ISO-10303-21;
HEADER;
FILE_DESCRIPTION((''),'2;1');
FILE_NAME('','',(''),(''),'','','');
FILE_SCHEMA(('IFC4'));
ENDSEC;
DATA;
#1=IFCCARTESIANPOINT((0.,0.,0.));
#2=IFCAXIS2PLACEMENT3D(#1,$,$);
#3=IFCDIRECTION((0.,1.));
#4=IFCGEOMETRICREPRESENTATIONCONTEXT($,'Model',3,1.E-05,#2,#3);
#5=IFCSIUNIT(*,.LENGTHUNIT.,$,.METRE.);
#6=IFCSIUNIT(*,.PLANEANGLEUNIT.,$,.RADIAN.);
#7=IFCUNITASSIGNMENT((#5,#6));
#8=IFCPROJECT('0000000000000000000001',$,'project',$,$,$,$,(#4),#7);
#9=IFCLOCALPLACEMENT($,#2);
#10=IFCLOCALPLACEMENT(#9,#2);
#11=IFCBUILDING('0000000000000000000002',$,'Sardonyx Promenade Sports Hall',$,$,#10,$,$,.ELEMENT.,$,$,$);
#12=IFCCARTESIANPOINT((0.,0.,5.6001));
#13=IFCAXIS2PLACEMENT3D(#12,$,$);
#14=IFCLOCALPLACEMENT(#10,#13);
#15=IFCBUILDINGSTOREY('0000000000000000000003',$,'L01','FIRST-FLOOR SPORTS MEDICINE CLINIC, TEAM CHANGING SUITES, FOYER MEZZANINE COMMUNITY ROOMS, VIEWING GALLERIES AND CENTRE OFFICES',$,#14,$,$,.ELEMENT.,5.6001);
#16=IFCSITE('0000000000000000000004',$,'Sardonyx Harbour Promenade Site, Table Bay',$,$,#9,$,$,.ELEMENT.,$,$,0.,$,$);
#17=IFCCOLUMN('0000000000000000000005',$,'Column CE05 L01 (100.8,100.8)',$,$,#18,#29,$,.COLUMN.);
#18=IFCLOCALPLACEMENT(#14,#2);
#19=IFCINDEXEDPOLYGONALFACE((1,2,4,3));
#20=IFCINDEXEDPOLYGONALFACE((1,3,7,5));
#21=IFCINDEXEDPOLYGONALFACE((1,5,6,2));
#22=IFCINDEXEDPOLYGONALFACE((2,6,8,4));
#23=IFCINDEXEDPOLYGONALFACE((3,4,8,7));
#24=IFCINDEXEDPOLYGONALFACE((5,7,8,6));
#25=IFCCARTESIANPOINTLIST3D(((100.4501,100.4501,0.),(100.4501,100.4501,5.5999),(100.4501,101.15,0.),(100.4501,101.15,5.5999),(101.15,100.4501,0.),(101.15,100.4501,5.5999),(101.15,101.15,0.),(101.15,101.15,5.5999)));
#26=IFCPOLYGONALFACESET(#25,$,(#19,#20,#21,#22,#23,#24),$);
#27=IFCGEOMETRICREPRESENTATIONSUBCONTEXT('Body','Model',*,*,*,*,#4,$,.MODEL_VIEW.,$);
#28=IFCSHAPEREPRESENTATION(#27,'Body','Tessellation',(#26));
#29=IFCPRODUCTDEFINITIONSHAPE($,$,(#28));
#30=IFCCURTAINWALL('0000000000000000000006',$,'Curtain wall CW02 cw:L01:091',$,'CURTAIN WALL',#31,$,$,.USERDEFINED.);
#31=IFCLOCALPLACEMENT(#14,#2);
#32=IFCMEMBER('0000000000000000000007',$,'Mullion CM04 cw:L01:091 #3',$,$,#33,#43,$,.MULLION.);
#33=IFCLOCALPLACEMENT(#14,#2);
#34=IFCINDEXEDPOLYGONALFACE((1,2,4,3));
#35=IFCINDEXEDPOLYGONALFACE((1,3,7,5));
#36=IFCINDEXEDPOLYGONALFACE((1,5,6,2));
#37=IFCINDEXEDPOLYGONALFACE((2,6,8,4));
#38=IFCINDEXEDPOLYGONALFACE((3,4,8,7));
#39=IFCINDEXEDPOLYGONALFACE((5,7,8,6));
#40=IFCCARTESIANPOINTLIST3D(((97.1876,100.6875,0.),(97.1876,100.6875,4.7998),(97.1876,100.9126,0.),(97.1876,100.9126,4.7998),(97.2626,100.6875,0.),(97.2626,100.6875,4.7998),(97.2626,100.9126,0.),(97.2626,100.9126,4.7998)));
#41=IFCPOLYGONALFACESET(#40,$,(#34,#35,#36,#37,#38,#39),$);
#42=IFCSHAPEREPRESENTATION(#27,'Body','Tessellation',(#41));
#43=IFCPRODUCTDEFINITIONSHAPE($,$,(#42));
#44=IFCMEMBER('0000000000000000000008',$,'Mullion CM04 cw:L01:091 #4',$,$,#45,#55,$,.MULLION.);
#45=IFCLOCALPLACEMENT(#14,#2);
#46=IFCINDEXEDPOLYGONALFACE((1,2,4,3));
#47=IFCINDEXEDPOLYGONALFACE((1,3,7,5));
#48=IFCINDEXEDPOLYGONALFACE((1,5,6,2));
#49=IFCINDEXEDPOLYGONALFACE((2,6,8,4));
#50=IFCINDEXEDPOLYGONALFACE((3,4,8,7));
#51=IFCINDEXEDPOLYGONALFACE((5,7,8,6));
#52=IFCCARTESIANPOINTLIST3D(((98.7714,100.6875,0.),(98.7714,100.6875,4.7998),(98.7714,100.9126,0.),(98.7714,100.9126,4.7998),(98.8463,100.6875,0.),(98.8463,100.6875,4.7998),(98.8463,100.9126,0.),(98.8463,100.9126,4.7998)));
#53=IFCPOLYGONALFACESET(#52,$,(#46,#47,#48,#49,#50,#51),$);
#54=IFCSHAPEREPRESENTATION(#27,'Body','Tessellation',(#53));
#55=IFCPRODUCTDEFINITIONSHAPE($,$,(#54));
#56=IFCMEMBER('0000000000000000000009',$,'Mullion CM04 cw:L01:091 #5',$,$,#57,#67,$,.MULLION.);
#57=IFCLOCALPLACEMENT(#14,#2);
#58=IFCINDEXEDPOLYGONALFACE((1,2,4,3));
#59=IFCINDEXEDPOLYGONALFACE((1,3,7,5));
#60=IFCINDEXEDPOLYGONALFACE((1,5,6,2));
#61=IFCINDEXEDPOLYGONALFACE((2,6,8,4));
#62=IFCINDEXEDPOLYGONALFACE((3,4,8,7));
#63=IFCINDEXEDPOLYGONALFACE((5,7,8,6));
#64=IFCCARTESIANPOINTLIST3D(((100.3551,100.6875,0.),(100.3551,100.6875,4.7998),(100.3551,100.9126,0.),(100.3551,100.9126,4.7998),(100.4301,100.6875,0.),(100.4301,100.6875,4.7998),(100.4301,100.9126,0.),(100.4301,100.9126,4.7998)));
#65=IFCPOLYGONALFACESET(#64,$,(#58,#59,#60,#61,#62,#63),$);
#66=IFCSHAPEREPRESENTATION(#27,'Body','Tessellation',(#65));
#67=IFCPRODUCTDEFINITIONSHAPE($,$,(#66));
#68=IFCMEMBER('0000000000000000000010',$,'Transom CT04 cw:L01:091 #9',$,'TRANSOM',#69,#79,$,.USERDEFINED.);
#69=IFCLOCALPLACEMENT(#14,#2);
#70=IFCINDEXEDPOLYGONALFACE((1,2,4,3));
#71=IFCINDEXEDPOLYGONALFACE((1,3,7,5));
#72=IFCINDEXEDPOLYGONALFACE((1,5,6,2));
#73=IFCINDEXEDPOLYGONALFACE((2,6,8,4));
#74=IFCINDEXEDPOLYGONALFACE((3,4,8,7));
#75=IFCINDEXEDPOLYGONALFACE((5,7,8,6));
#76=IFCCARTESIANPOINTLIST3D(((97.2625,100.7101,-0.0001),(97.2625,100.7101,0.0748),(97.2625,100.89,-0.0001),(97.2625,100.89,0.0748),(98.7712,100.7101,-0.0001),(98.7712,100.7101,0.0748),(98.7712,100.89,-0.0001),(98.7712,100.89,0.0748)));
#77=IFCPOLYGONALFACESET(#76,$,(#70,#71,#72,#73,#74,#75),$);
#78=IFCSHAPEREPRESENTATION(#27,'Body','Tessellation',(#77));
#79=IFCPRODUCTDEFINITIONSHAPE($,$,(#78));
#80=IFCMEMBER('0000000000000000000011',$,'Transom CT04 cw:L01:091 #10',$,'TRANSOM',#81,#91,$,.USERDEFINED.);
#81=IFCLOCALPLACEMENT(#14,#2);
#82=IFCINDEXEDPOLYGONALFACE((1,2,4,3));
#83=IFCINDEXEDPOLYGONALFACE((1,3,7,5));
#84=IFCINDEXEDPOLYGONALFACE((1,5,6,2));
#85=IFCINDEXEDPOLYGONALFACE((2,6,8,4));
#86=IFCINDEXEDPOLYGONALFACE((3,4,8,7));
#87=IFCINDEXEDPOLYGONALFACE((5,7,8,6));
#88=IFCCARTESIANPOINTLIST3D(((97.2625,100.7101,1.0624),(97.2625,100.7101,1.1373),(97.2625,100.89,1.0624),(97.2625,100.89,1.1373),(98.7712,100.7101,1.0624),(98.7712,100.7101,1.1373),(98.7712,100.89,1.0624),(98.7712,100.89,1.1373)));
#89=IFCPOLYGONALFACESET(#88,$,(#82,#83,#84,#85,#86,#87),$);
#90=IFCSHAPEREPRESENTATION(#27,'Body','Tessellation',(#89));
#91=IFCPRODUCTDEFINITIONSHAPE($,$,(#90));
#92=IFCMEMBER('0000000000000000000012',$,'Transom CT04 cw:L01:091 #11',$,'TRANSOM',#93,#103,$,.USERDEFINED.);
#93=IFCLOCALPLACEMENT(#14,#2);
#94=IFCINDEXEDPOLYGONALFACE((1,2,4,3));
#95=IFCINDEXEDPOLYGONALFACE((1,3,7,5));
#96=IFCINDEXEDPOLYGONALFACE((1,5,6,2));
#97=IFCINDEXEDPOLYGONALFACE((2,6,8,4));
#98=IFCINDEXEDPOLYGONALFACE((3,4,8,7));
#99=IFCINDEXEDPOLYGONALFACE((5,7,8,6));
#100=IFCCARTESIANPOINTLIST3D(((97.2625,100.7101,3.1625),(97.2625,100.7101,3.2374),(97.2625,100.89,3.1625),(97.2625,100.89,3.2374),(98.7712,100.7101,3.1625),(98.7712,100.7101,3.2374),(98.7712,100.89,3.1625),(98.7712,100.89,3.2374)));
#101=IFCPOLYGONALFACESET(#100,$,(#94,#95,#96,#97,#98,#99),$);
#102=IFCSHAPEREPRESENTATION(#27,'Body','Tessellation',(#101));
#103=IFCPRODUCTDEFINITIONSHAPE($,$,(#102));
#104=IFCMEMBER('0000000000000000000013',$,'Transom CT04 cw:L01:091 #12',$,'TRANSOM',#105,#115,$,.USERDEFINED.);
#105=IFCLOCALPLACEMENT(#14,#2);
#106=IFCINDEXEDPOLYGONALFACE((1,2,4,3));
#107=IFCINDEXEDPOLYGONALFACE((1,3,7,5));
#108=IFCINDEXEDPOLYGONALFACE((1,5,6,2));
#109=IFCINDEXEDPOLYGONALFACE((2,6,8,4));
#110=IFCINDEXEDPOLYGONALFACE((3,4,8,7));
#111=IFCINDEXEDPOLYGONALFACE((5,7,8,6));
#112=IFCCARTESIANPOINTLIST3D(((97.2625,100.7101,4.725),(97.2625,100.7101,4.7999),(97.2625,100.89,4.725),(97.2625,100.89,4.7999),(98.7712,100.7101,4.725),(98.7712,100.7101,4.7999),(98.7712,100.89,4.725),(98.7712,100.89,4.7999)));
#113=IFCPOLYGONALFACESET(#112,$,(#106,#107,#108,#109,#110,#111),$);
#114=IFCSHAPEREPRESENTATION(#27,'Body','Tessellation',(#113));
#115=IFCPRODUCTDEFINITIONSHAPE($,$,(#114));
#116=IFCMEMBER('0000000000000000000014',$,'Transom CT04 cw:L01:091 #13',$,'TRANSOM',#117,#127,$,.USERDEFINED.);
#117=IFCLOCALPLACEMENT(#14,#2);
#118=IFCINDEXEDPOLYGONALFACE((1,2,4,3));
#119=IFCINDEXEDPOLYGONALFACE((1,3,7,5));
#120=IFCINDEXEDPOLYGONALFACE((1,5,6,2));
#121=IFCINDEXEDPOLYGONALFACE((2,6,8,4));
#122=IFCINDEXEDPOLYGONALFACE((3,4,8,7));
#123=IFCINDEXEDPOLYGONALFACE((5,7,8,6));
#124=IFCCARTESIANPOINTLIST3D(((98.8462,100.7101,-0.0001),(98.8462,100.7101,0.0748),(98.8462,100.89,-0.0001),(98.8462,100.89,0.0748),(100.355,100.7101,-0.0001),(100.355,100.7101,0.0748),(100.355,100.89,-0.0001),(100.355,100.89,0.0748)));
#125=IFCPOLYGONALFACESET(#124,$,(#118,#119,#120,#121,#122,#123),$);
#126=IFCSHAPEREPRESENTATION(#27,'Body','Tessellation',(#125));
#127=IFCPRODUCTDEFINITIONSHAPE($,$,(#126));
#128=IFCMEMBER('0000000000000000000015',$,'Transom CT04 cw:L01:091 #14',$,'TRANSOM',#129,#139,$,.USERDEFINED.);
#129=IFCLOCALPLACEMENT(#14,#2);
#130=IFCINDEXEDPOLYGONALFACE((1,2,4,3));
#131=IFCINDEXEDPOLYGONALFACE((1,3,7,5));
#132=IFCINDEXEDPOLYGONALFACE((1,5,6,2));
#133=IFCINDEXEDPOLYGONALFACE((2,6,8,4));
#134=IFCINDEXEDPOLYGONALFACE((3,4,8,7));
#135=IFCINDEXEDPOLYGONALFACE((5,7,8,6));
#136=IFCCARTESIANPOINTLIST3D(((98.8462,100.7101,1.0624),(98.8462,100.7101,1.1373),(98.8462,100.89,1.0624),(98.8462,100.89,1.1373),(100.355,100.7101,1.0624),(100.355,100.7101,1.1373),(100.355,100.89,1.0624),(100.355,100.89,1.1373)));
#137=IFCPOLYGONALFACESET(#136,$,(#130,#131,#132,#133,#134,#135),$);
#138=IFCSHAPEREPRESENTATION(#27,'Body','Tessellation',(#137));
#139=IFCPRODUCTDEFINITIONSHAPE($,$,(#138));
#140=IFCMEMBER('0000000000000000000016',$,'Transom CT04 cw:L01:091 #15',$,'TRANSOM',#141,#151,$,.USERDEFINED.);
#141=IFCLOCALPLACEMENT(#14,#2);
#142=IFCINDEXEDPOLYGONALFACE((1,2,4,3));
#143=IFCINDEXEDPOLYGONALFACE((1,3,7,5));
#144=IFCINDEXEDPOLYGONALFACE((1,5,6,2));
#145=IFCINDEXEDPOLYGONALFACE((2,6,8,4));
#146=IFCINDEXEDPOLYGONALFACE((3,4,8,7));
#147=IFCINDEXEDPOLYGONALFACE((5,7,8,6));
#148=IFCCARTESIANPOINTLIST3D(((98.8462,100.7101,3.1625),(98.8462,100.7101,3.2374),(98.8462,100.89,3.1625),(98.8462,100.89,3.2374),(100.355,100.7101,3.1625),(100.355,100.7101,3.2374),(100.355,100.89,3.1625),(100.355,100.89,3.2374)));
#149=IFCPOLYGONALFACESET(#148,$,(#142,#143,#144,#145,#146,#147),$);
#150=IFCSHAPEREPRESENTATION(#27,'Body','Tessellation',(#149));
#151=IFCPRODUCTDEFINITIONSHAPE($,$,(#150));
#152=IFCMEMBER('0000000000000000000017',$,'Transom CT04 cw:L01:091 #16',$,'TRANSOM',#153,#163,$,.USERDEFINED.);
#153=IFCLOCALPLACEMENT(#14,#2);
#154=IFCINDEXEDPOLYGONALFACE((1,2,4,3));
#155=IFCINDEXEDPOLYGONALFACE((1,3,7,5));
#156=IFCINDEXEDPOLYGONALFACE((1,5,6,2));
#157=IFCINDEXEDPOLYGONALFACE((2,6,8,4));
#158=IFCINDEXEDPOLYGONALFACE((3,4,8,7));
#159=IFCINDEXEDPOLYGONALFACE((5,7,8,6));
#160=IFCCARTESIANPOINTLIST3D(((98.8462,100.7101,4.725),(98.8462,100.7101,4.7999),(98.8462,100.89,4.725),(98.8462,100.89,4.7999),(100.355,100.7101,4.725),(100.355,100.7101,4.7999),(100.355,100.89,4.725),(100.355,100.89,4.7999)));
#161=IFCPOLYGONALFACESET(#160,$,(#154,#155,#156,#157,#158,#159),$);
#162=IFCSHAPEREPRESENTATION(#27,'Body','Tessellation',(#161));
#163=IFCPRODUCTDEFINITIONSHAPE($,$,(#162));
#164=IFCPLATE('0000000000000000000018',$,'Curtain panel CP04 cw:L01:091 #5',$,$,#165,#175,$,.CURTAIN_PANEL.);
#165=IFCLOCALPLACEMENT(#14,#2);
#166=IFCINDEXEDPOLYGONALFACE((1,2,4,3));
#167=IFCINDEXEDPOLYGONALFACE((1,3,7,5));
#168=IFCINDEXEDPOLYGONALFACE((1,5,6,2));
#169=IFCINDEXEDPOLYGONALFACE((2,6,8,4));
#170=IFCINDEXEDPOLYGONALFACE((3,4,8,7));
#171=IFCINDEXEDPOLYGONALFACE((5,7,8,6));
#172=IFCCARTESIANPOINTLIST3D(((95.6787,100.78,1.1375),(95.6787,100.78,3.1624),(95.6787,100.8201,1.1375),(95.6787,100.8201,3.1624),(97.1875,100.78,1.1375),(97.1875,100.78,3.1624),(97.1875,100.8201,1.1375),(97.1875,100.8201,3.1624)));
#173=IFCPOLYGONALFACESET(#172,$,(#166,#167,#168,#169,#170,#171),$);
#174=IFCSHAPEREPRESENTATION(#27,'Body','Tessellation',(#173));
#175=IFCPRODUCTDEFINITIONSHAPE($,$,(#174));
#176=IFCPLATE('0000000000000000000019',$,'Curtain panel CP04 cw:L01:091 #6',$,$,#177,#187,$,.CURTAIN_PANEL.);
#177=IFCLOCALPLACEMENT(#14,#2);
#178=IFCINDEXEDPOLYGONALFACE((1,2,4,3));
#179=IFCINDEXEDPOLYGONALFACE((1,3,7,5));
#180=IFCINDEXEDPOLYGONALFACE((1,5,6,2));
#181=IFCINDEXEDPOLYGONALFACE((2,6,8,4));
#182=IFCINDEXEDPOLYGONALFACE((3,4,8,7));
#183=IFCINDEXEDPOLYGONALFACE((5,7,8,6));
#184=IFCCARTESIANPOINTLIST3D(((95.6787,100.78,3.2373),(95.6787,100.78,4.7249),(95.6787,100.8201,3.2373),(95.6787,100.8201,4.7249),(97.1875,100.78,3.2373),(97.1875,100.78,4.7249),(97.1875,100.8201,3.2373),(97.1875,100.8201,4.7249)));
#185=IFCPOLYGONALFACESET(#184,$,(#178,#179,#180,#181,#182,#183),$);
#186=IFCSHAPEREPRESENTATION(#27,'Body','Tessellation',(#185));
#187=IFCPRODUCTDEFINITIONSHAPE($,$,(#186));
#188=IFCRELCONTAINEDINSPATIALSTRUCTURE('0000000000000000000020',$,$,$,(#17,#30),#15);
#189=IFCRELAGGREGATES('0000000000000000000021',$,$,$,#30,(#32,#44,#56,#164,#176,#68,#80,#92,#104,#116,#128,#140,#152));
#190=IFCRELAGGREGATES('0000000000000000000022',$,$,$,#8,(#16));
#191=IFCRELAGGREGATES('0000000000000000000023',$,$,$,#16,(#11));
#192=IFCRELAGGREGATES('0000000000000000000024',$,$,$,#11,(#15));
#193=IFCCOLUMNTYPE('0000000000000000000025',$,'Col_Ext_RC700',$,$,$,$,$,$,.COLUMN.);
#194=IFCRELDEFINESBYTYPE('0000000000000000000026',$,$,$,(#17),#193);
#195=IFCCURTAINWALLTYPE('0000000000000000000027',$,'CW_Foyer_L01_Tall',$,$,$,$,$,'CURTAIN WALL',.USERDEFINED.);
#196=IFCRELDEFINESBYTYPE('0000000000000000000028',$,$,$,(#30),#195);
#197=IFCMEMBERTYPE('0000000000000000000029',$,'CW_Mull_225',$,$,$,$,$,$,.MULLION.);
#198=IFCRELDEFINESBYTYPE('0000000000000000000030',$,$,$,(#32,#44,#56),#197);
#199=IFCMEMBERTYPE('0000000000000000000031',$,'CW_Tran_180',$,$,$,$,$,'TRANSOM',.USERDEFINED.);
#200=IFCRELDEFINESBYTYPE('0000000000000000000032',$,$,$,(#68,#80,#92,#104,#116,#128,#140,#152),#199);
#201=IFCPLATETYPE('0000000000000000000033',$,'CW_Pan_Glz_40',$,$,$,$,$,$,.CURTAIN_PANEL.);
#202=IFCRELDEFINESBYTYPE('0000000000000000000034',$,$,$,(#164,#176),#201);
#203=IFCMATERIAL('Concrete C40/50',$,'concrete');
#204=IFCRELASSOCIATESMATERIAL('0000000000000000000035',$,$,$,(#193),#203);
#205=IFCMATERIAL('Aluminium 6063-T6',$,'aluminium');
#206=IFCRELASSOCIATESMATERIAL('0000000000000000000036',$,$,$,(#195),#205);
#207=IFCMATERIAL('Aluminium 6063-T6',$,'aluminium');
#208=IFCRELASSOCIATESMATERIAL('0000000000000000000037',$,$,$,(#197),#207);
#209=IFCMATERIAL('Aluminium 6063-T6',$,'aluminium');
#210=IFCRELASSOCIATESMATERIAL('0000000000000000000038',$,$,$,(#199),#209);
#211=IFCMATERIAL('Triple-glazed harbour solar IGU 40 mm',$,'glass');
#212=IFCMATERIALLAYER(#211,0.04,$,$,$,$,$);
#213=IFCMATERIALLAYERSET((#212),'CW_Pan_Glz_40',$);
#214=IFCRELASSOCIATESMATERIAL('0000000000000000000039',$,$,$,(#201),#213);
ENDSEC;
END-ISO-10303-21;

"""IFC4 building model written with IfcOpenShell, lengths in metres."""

from ifc_helpers import new_model, si_unit, direction, frame, origin, origin_2d, place, context, subcontext, project, spatial, rectangle, extrude, material, layer, layer_set, material_profile, profile_set, type_object, element, aggregate, save


model = new_model("IFC4")

# Units and contexts
model_context = context("Model", 3, precision=1e-05, world=origin(), true_north=direction((0.0, 1.0)))
body_context = subcontext(model_context, "Body", "Model", "MODEL_VIEW")
ifc_project = project(units=[si_unit("LENGTHUNIT", "METRE"), si_unit("PLANEANGLEUNIT", "RADIAN")], contexts=[model_context])

# Site, building, storey
site_placement = place(None, origin())
site = spatial("IfcSite", under=ifc_project, at=site_placement, Name="Sardonyx Harbour Promenade Site, Table Bay", CompositionType="ELEMENT", RefElevation=0.0)
building_placement = place(site_placement, origin())
building = spatial("IfcBuilding", under=site, at=building_placement, Name="Sardonyx Promenade Sports Hall", CompositionType="ELEMENT")
storey_placement = place(building_placement, frame((0.0, 0.0, 5.6001)))
storey = spatial("IfcBuildingStorey", under=building, at=storey_placement, Name="L01", Description="FIRST-FLOOR SPORTS MEDICINE CLINIC, TEAM CHANGING SUITES, FOYER MEZZANINE COMMUNITY ROOMS, VIEWING GALLERIES AND CENTRE OFFICES", CompositionType="ELEMENT", Elevation=5.6001)

# Column
ifc_material_1 = material(Name="Concrete C40/50", Category="concrete")
ifc_material_profile_1 = material_profile(ifc_material_1, rectangle(XDim=0.7, YDim=0.7, at=origin_2d()))
ifc_profile_set_1 = profile_set([ifc_material_profile_1], Name="Concrete C40/50")
column_type = type_object("IfcColumnType", Name="Col_Ext_RC700", PredefinedType="COLUMN", material=ifc_profile_set_1)
column_placement = place(storey_placement, frame((100.8, 100.8, 0.0), z_axis=(0.0, 0.0, 1.0), x_axis=(1.0, 0.0, 0.0)))
element("IfcColumn", 1, at=column_placement, inside=storey, type_object=column_type, Name="Column CE05 L01 (100.8,100.8)", PredefinedType="COLUMN", context=body_context, shape_type="SweptSolid", body=[
    extrude(rectangle(XDim=0.7, YDim=0.7, at=origin_2d()), origin(), (0.0, 0.0, 1.0), 5.5999),
])

# Curtain wall, members, plates
ifc_material_2 = material(Name="Aluminium 6063-T6", Category="aluminium")
curtain_wall_type = type_object("IfcCurtainWallType", Name="CW_Foyer_L01_Tall", ElementType="CURTAIN WALL", PredefinedType="USERDEFINED", material=ifc_material_2)
curtain_wall_placement = place(storey_placement, origin())
curtain_wall = element("IfcCurtainWall", 2, at=curtain_wall_placement, inside=storey, type_object=curtain_wall_type, Name="Curtain wall CW02 cw:L01:091", ObjectType="CURTAIN WALL", PredefinedType="USERDEFINED")
ifc_material_3 = material(Name="Aluminium 6063-T6", Category="aluminium")
ifc_material_profile_2 = material_profile(ifc_material_3, rectangle(XDim=0.075, YDim=0.2251, at=origin_2d()))
ifc_profile_set_2 = profile_set([ifc_material_profile_2], Name="Aluminium 6063-T6")
member_type_1 = type_object("IfcMemberType", Name="CW_Mull_225", PredefinedType="MULLION", material=ifc_profile_set_2)
member_1_placement = place(storey_placement, frame((97.2251, 100.8, 0.0), z_axis=(0.0, 0.0, 1.0), x_axis=(1.0, 0.0, 0.0)))
member_1 = element("IfcMember", 3, at=member_1_placement, type_object=member_type_1, Name="Mullion CM04 cw:L01:091 #3", PredefinedType="MULLION", context=body_context, shape_type="SweptSolid", body=[
    extrude(rectangle(XDim=0.075, YDim=0.2251, at=origin_2d()), origin(), (0.0, 0.0, 1.0), 4.7998),
])
member_2_placement = place(storey_placement, frame((98.8088, 100.8, 0.0), z_axis=(0.0, 0.0, 1.0), x_axis=(1.0, 0.0, 0.0)))
member_2 = element("IfcMember", 4, at=member_2_placement, type_object=member_type_1, Name="Mullion CM04 cw:L01:091 #4", PredefinedType="MULLION", context=body_context, shape_type="SweptSolid", body=[
    extrude(rectangle(XDim=0.075, YDim=0.2251, at=origin_2d()), origin(), (0.0, 0.0, 1.0), 4.7998),
])
member_3_placement = place(storey_placement, frame((100.3926, 100.8, 0.0), z_axis=(0.0, 0.0, 1.0), x_axis=(1.0, 0.0, 0.0)))
member_3 = element("IfcMember", 5, at=member_3_placement, type_object=member_type_1, Name="Mullion CM04 cw:L01:091 #5", PredefinedType="MULLION", context=body_context, shape_type="SweptSolid", body=[
    extrude(rectangle(XDim=0.075, YDim=0.2251, at=origin_2d()), origin(), (0.0, 0.0, 1.0), 4.7998),
])
ifc_material_4 = material(Name="Aluminium 6063-T6", Category="aluminium")
ifc_material_profile_3 = material_profile(ifc_material_4, rectangle(XDim=0.075, YDim=0.1799, at=origin_2d()))
ifc_profile_set_3 = profile_set([ifc_material_profile_3], Name="Aluminium 6063-T6")
member_type_2 = type_object("IfcMemberType", Name="CW_Tran_180", ElementType="TRANSOM", PredefinedType="USERDEFINED", material=ifc_profile_set_3)
member_4_placement = place(storey_placement, frame((97.2625, 100.8, 0.0374), z_axis=(1.0, 0.0, 0.0), x_axis=(0.0, 0.0, 1.0)))
member_4 = element("IfcMember", 6, at=member_4_placement, type_object=member_type_2, Name="Transom CT04 cw:L01:091 #9", ObjectType="TRANSOM", PredefinedType="USERDEFINED", context=body_context, shape_type="SweptSolid", body=[
    extrude(rectangle(XDim=0.075, YDim=0.1799, at=origin_2d()), origin(), (0.0, 0.0, 1.0), 1.5088),
])
member_5_placement = place(storey_placement, frame((97.2625, 100.8, 1.0999), z_axis=(1.0, 0.0, 0.0), x_axis=(0.0, 0.0, 1.0)))
member_5 = element("IfcMember", 7, at=member_5_placement, type_object=member_type_2, Name="Transom CT04 cw:L01:091 #10", ObjectType="TRANSOM", PredefinedType="USERDEFINED", context=body_context, shape_type="SweptSolid", body=[
    extrude(rectangle(XDim=0.075, YDim=0.1799, at=origin_2d()), origin(), (0.0, 0.0, 1.0), 1.5088),
])
member_6_placement = place(storey_placement, frame((97.2625, 100.8, 3.2), z_axis=(1.0, 0.0, 0.0), x_axis=(0.0, 0.0, 1.0)))
member_6 = element("IfcMember", 8, at=member_6_placement, type_object=member_type_2, Name="Transom CT04 cw:L01:091 #11", ObjectType="TRANSOM", PredefinedType="USERDEFINED", context=body_context, shape_type="SweptSolid", body=[
    extrude(rectangle(XDim=0.075, YDim=0.1799, at=origin_2d()), origin(), (0.0, 0.0, 1.0), 1.5088),
])
member_7_placement = place(storey_placement, frame((97.2625, 100.8, 4.7625), z_axis=(1.0, 0.0, 0.0), x_axis=(0.0, 0.0, 1.0)))
member_7 = element("IfcMember", 9, at=member_7_placement, type_object=member_type_2, Name="Transom CT04 cw:L01:091 #12", ObjectType="TRANSOM", PredefinedType="USERDEFINED", context=body_context, shape_type="SweptSolid", body=[
    extrude(rectangle(XDim=0.075, YDim=0.1799, at=origin_2d()), origin(), (0.0, 0.0, 1.0), 1.5088),
])
member_8_placement = place(storey_placement, frame((98.8462, 100.8, 0.0374), z_axis=(1.0, 0.0, 0.0), x_axis=(0.0, 0.0, 1.0)))
member_8 = element("IfcMember", 10, at=member_8_placement, type_object=member_type_2, Name="Transom CT04 cw:L01:091 #13", ObjectType="TRANSOM", PredefinedType="USERDEFINED", context=body_context, shape_type="SweptSolid", body=[
    extrude(rectangle(XDim=0.075, YDim=0.1799, at=origin_2d()), origin(), (0.0, 0.0, 1.0), 1.5088),
])
member_9_placement = place(storey_placement, frame((98.8462, 100.8, 1.0999), z_axis=(1.0, 0.0, 0.0), x_axis=(0.0, 0.0, 1.0)))
member_9 = element("IfcMember", 11, at=member_9_placement, type_object=member_type_2, Name="Transom CT04 cw:L01:091 #14", ObjectType="TRANSOM", PredefinedType="USERDEFINED", context=body_context, shape_type="SweptSolid", body=[
    extrude(rectangle(XDim=0.075, YDim=0.1799, at=origin_2d()), origin(), (0.0, 0.0, 1.0), 1.5088),
])
member_10_placement = place(storey_placement, frame((98.8462, 100.8, 3.2), z_axis=(1.0, 0.0, 0.0), x_axis=(0.0, 0.0, 1.0)))
member_10 = element("IfcMember", 12, at=member_10_placement, type_object=member_type_2, Name="Transom CT04 cw:L01:091 #15", ObjectType="TRANSOM", PredefinedType="USERDEFINED", context=body_context, shape_type="SweptSolid", body=[
    extrude(rectangle(XDim=0.075, YDim=0.1799, at=origin_2d()), origin(), (0.0, 0.0, 1.0), 1.5088),
])
member_11_placement = place(storey_placement, frame((98.8462, 100.8, 4.7625), z_axis=(1.0, 0.0, 0.0), x_axis=(0.0, 0.0, 1.0)))
member_11 = element("IfcMember", 13, at=member_11_placement, type_object=member_type_2, Name="Transom CT04 cw:L01:091 #16", ObjectType="TRANSOM", PredefinedType="USERDEFINED", context=body_context, shape_type="SweptSolid", body=[
    extrude(rectangle(XDim=0.075, YDim=0.1799, at=origin_2d()), origin(), (0.0, 0.0, 1.0), 1.5088),
])
ifc_material_5 = material(Name="Triple-glazed harbour solar IGU 40 mm", Category="glass")
ifc_layer_1 = layer(ifc_material_5, 0.04)
ifc_layer_set_1 = layer_set([ifc_layer_1], Name="CW_Pan_Glz_40")
plate_type = type_object("IfcPlateType", Name="CW_Pan_Glz_40", PredefinedType="CURTAIN_PANEL", material=ifc_layer_set_1)
plate_1_placement = place(storey_placement, frame((96.4331, 100.8, 1.1375), z_axis=(0.0, 0.0, 1.0), x_axis=(1.0, 0.0, 0.0)))
plate_1 = element("IfcPlate", 14, at=plate_1_placement, type_object=plate_type, Name="Curtain panel CP04 cw:L01:091 #5", PredefinedType="CURTAIN_PANEL", context=body_context, shape_type="SweptSolid", body=[
    extrude(rectangle(XDim=1.5088, YDim=0.04, at=origin_2d()), origin(), (0.0, 0.0, 1.0), 2.0249),
])
plate_2_placement = place(storey_placement, frame((96.4331, 100.8, 3.2373), z_axis=(0.0, 0.0, 1.0), x_axis=(1.0, 0.0, 0.0)))
plate_2 = element("IfcPlate", 15, at=plate_2_placement, type_object=plate_type, Name="Curtain panel CP04 cw:L01:091 #6", PredefinedType="CURTAIN_PANEL", context=body_context, shape_type="SweptSolid", body=[
    extrude(rectangle(XDim=1.5088, YDim=0.04, at=origin_2d()), origin(), (0.0, 0.0, 1.0), 1.4875),
])
aggregate(curtain_wall, [member_1, member_2, member_3, plate_1, plate_2, member_4, member_5, member_6, member_7, member_8, member_9, member_10, member_11])

save(model, "model.ifc")
